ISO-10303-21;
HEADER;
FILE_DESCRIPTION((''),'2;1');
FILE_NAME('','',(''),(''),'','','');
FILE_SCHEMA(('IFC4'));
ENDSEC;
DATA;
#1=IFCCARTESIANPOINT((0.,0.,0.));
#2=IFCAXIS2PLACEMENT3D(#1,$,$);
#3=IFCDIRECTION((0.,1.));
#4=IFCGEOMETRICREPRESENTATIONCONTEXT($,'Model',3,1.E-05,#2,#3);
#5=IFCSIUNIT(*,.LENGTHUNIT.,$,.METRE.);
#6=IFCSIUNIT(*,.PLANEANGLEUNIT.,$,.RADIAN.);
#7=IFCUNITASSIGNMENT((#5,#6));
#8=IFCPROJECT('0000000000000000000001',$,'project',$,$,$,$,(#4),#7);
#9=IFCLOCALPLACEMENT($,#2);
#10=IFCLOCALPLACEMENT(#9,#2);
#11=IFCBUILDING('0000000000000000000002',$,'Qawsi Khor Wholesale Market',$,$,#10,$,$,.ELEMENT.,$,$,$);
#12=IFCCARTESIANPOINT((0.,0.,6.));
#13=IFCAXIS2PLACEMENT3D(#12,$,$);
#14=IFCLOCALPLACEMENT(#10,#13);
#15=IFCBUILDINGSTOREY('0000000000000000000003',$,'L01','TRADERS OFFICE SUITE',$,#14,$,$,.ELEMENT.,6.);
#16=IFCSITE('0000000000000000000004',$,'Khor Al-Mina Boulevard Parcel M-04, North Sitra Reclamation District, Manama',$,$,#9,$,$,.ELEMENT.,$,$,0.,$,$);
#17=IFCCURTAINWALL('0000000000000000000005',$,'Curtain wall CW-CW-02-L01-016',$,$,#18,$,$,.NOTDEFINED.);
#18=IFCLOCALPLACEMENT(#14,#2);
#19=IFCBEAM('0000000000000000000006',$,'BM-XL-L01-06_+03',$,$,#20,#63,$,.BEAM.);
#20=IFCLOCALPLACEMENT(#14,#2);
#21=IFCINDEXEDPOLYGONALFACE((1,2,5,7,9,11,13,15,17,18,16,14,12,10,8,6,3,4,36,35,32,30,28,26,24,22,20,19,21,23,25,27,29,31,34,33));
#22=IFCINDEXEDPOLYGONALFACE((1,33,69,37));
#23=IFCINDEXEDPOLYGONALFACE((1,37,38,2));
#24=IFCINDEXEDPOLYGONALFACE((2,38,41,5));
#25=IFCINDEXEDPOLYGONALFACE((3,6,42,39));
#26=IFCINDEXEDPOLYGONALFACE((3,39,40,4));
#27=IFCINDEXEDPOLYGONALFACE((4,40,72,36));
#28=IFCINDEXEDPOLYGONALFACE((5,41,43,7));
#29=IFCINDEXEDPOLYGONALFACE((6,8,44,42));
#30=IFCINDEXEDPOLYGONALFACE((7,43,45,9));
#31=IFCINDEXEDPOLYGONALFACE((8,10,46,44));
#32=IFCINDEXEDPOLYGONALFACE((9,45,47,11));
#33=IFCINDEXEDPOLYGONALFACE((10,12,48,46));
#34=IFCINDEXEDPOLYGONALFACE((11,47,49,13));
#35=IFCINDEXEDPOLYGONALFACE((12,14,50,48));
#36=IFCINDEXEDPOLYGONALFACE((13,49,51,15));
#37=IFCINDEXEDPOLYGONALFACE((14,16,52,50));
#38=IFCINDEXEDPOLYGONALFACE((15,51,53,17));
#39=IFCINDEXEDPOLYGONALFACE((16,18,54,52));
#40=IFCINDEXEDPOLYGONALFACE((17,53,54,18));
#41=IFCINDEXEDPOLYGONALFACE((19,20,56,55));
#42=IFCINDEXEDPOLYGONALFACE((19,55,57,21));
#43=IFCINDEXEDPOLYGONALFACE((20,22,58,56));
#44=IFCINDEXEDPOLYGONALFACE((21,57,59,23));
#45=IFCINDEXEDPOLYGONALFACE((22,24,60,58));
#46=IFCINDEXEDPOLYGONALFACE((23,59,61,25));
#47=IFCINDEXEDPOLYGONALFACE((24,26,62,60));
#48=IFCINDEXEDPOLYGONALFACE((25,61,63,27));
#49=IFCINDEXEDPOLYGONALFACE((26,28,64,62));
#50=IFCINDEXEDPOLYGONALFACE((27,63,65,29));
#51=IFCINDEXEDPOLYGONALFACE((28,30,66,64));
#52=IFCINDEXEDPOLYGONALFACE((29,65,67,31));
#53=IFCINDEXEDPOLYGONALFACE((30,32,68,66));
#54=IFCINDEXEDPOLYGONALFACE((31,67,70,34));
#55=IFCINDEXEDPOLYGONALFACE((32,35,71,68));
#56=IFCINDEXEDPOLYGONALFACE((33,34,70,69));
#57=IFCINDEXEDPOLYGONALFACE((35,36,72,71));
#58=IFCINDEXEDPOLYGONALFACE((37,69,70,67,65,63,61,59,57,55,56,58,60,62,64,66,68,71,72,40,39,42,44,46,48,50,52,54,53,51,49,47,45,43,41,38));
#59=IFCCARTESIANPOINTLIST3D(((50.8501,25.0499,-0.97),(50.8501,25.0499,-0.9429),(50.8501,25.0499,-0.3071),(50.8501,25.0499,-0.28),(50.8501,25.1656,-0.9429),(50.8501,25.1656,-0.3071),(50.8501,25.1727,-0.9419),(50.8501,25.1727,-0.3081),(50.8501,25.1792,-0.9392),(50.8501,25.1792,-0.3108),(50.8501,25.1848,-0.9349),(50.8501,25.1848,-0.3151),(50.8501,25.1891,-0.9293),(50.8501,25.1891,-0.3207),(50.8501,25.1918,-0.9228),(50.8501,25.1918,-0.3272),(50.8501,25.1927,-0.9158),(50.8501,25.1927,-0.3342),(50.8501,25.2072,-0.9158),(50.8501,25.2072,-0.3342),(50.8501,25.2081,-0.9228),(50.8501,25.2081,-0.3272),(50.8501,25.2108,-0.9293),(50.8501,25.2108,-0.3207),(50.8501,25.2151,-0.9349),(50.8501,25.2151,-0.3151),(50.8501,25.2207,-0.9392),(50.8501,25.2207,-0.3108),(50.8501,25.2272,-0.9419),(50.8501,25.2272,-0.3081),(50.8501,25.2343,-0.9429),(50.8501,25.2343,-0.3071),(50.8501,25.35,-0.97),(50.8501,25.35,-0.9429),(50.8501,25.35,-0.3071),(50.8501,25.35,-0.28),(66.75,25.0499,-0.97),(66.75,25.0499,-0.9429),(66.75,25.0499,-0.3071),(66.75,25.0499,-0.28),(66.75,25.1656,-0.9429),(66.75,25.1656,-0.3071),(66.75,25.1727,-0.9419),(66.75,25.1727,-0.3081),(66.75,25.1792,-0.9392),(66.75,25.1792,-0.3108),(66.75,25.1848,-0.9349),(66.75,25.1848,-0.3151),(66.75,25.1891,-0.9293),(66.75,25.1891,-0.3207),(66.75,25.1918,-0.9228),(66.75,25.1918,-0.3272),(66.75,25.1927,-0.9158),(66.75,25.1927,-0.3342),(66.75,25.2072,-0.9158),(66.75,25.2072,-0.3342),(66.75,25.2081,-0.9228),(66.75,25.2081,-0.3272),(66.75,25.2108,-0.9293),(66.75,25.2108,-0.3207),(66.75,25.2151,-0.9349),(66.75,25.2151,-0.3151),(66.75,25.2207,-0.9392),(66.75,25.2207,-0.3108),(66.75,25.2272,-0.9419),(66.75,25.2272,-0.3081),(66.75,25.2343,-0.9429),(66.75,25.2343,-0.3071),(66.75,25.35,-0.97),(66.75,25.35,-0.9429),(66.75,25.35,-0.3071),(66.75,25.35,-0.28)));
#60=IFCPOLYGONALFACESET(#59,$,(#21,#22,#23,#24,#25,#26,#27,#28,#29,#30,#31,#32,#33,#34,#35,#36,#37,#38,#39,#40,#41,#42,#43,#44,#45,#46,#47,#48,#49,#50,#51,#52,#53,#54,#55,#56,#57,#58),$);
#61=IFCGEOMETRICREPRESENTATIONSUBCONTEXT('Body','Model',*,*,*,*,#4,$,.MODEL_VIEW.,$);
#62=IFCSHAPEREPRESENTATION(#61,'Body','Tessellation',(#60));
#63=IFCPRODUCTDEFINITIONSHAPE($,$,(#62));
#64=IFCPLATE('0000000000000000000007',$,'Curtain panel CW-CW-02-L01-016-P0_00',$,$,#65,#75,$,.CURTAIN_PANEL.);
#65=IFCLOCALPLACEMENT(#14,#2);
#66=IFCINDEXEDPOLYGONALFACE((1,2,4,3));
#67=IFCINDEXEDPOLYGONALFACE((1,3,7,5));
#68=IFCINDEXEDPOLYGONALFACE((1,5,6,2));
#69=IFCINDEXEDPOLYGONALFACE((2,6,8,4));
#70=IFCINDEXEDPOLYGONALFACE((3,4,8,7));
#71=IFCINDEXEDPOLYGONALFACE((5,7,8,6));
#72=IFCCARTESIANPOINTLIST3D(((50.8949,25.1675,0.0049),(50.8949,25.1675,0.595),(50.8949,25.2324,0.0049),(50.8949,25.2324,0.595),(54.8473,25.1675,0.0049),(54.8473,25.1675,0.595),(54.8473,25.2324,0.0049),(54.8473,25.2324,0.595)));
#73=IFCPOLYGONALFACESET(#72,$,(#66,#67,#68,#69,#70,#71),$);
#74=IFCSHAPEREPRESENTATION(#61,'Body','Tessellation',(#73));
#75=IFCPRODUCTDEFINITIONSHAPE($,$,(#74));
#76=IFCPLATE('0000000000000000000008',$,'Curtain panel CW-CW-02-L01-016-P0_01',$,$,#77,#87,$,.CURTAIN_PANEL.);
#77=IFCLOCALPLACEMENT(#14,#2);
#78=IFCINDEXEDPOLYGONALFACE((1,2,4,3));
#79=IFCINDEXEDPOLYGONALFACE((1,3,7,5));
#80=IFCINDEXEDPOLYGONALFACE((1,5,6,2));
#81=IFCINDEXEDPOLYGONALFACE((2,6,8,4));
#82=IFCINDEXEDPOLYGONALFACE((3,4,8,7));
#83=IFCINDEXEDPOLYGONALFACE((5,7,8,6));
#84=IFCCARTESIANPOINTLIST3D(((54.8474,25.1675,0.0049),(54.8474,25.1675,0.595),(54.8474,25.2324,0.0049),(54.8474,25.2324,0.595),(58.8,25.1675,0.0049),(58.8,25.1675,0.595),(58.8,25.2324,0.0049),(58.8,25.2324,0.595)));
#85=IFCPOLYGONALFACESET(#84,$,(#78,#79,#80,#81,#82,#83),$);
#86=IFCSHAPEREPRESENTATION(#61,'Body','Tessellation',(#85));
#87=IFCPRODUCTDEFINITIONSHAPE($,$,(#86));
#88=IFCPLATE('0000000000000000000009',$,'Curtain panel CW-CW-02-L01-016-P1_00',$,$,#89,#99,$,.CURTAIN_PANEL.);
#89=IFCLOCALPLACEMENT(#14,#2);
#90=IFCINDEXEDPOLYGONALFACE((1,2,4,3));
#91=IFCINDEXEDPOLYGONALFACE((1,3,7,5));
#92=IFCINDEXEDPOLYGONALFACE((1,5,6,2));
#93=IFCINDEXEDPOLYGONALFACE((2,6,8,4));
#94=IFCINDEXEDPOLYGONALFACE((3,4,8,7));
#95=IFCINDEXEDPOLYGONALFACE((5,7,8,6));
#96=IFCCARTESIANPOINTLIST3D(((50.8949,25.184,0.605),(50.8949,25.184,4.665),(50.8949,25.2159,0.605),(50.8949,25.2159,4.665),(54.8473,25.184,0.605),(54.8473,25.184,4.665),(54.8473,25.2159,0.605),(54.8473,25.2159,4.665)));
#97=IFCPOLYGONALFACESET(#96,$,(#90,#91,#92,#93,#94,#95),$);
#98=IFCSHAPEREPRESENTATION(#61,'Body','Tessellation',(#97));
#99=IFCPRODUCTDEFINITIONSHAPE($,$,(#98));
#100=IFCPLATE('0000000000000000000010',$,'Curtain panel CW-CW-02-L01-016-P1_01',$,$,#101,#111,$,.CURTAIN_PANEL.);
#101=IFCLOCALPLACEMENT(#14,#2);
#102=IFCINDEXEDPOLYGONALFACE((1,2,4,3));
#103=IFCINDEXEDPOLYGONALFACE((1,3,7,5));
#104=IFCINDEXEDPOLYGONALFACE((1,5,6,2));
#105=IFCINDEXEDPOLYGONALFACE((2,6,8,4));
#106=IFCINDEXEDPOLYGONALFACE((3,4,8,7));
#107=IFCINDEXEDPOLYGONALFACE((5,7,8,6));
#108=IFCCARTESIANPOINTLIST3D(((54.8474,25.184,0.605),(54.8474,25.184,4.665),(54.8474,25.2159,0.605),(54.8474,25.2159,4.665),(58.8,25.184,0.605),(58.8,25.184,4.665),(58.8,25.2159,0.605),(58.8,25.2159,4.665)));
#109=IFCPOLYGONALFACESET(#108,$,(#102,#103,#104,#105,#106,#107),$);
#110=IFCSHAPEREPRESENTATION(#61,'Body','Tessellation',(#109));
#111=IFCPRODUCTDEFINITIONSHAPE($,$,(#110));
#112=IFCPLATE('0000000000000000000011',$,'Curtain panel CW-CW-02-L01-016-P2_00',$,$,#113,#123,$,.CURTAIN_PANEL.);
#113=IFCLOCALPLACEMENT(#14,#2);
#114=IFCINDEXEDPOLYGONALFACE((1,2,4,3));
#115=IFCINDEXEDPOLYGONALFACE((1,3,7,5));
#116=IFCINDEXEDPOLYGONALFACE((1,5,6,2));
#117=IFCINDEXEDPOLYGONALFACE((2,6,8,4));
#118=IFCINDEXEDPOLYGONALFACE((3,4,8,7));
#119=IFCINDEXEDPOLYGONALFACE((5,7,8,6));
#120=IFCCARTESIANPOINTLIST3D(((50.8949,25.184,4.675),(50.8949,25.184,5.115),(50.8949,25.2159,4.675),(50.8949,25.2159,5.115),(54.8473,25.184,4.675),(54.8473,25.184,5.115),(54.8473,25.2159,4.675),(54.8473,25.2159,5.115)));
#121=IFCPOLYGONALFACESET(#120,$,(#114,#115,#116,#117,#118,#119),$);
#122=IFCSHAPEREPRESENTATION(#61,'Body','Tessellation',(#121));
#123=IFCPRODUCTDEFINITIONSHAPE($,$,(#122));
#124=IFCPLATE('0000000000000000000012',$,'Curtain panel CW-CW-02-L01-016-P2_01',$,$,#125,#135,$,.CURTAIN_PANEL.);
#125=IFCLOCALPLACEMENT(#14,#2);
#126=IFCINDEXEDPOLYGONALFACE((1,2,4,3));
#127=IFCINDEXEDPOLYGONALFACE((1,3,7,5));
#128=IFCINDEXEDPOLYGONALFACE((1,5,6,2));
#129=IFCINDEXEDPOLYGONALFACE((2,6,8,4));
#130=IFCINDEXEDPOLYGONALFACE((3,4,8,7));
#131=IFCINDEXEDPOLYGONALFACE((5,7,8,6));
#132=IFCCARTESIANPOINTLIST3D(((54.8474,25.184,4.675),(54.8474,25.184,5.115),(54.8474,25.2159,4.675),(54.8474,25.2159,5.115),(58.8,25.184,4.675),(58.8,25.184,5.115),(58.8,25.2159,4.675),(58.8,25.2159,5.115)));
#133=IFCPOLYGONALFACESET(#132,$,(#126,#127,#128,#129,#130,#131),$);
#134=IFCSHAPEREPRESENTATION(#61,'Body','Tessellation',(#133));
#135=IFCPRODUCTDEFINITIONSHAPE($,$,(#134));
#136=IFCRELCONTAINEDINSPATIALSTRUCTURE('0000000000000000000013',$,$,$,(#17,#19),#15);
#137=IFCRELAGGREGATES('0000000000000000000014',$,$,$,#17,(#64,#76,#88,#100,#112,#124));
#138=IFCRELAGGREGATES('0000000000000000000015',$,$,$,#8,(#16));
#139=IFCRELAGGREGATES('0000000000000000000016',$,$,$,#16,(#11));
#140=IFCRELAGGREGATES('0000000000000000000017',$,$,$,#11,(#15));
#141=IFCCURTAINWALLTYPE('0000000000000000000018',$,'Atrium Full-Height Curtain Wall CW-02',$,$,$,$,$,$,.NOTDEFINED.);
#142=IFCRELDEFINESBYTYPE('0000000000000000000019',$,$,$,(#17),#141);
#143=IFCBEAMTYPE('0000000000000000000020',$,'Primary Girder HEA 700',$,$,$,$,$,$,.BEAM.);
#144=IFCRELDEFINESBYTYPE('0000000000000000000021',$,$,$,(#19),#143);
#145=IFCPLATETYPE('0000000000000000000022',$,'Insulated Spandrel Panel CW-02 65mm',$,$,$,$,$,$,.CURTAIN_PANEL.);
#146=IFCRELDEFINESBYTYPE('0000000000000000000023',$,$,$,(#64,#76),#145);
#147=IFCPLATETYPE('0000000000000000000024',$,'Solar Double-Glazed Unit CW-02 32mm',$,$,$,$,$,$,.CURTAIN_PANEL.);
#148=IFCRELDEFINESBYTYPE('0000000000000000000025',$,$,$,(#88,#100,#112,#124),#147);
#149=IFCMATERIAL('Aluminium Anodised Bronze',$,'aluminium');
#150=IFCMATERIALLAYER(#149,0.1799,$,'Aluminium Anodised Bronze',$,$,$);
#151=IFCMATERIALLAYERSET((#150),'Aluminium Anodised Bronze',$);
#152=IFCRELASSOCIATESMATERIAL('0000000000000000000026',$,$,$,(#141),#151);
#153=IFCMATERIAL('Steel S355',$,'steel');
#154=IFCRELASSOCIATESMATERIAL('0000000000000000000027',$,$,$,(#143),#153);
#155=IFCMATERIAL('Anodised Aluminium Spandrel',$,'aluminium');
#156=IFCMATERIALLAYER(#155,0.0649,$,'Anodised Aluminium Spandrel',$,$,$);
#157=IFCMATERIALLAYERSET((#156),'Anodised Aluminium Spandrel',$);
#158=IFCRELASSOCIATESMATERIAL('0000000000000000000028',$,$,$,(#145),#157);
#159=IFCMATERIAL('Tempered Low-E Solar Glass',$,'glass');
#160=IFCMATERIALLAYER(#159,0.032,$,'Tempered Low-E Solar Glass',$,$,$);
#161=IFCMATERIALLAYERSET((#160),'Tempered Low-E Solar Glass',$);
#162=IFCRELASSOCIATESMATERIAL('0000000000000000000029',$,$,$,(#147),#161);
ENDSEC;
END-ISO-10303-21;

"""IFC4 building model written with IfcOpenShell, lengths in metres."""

from ifc_helpers import new_model, si_unit, direction, frame, frame_2d, origin, origin_2d, place, context, subcontext, project, spatial, rectangle, i_section, extrude, material, layer, layer_set, material_profile, profile_set, type_object, element, aggregate, save


model = new_model("IFC4")

# Units and contexts
model_context = context("Model", 3, precision=1e-05, world=origin(), true_north=direction((0.0, 1.0)))
body_context = subcontext(model_context, "Body", "Model", "MODEL_VIEW")
ifc_project = project(units=[si_unit("LENGTHUNIT", "METRE"), si_unit("PLANEANGLEUNIT", "RADIAN")], contexts=[model_context])

# Site, building, storey
site_placement = place(None, origin())
site = spatial("IfcSite", under=ifc_project, at=site_placement, Name="Khor Al-Mina Boulevard Parcel M-04, North Sitra Reclamation District, Manama", CompositionType="ELEMENT", RefElevation=0.0)
building_placement = place(site_placement, origin())
building = spatial("IfcBuilding", under=site, at=building_placement, Name="Qawsi Khor Wholesale Market", CompositionType="ELEMENT")
storey_placement = place(building_placement, frame((0.0, 0.0, 6.0)))
storey = spatial("IfcBuildingStorey", under=building, at=storey_placement, Name="L01", Description="TRADERS OFFICE SUITE", CompositionType="ELEMENT", Elevation=6.0)

# Curtain wall
ifc_material_1 = material(Name="Aluminium Anodised Bronze", Category="aluminium")
ifc_layer_1 = layer(ifc_material_1, 0.1799, Name="Aluminium Anodised Bronze")
ifc_layer_set_1 = layer_set([ifc_layer_1], Name="Aluminium Anodised Bronze")
curtain_wall_type = type_object("IfcCurtainWallType", Name="Atrium Full-Height Curtain Wall CW-02", PredefinedType="NOTDEFINED", material=ifc_layer_set_1)
curtain_wall_placement = place(storey_placement, origin())
curtain_wall = element("IfcCurtainWall", 1, at=curtain_wall_placement, inside=storey, type_object=curtain_wall_type, Name="Curtain wall CW-CW-02-L01-016", PredefinedType="NOTDEFINED")

# Beam
ifc_material_2 = material(Name="Steel S355", Category="steel")
ifc_material_profile_1 = material_profile(ifc_material_2, i_section(OverallWidth=0.3, OverallDepth=0.6899, WebThickness=0.0144, FlangeThickness=0.0271, FilletRadius=0.0271, at=origin_2d()), Name="HEA 700")
ifc_profile_set_1 = profile_set([ifc_material_profile_1], Name="Steel S355")
beam_type = type_object("IfcBeamType", Name="Primary Girder HEA 700", PredefinedType="BEAM", material=ifc_profile_set_1)
beam_placement = place(storey_placement, frame((50.8501, 25.2, -0.625), z_axis=(1.0, 0.0, 0.0), x_axis=(0.0, 1.0, 0.0)))
element("IfcBeam", 2, at=beam_placement, inside=storey, type_object=beam_type, Name="BM-XL-L01-06_+03", PredefinedType="BEAM", context=body_context, shape_type="SweptSolid", body=[
    extrude(i_section(OverallWidth=0.3, OverallDepth=0.6899, WebThickness=0.0144, FlangeThickness=0.0271, FilletRadius=0.0271, at=origin_2d()), origin(), (0.0, 0.0, 1.0), 15.8999),
])

# Plates
ifc_material_3 = material(Name="Anodised Aluminium Spandrel", Category="aluminium")
ifc_layer_2 = layer(ifc_material_3, 0.0649, Name="Anodised Aluminium Spandrel")
ifc_layer_set_2 = layer_set([ifc_layer_2], Name="Anodised Aluminium Spandrel")
plate_type_1 = type_object("IfcPlateType", Name="Insulated Spandrel Panel CW-02 65mm", PredefinedType="CURTAIN_PANEL", material=ifc_layer_set_2)
plate_1_placement = place(storey_placement, frame((50.895, 25.2, 0.0049), z_axis=(0.0, 0.0, 1.0), x_axis=(1.0, 0.0, 0.0)))
plate_1 = element("IfcPlate", 3, at=plate_1_placement, type_object=plate_type_1, Name="Curtain panel CW-CW-02-L01-016-P0_00", PredefinedType="CURTAIN_PANEL", context=body_context, shape_type="SweptSolid", body=[
    extrude(rectangle(XDim=3.9524, YDim=0.0649, at=frame_2d((1.9761, 0.0))), origin(), (0.0, 0.0, 1.0), 0.5901),
])
plate_2_placement = place(storey_placement, frame((54.8474, 25.2, 0.0049), z_axis=(0.0, 0.0, 1.0), x_axis=(1.0, 0.0, 0.0)))
plate_2 = element("IfcPlate", 4, at=plate_2_placement, type_object=plate_type_1, Name="Curtain panel CW-CW-02-L01-016-P0_01", PredefinedType="CURTAIN_PANEL", context=body_context, shape_type="SweptSolid", body=[
    extrude(rectangle(XDim=3.9526, YDim=0.0649, at=frame_2d((1.9763, 0.0))), origin(), (0.0, 0.0, 1.0), 0.5901),
])
ifc_material_4 = material(Name="Tempered Low-E Solar Glass", Category="glass")
ifc_layer_3 = layer(ifc_material_4, 0.032, Name="Tempered Low-E Solar Glass")
ifc_layer_set_3 = layer_set([ifc_layer_3], Name="Tempered Low-E Solar Glass")
plate_type_2 = type_object("IfcPlateType", Name="Solar Double-Glazed Unit CW-02 32mm", PredefinedType="CURTAIN_PANEL", material=ifc_layer_set_3)
plate_3_placement = place(storey_placement, frame((50.895, 25.2, 0.605), z_axis=(0.0, 0.0, 1.0), x_axis=(1.0, 0.0, 0.0)))
plate_3 = element("IfcPlate", 5, at=plate_3_placement, type_object=plate_type_2, Name="Curtain panel CW-CW-02-L01-016-P1_00", PredefinedType="CURTAIN_PANEL", context=body_context, shape_type="SweptSolid", body=[
    extrude(rectangle(XDim=3.9524, YDim=0.032, at=frame_2d((1.9761, 0.0))), origin(), (0.0, 0.0, 1.0), 4.0601),
])
plate_4_placement = place(storey_placement, frame((54.8474, 25.2, 0.605), z_axis=(0.0, 0.0, 1.0), x_axis=(1.0, 0.0, 0.0)))
plate_4 = element("IfcPlate", 6, at=plate_4_placement, type_object=plate_type_2, Name="Curtain panel CW-CW-02-L01-016-P1_01", PredefinedType="CURTAIN_PANEL", context=body_context, shape_type="SweptSolid", body=[
    extrude(rectangle(XDim=3.9526, YDim=0.032, at=frame_2d((1.9763, 0.0))), origin(), (0.0, 0.0, 1.0), 4.0601),
])
plate_5_placement = place(storey_placement, frame((50.895, 25.2, 4.675), z_axis=(0.0, 0.0, 1.0), x_axis=(1.0, 0.0, 0.0)))
plate_5 = element("IfcPlate", 7, at=plate_5_placement, type_object=plate_type_2, Name="Curtain panel CW-CW-02-L01-016-P2_00", PredefinedType="CURTAIN_PANEL", context=body_context, shape_type="SweptSolid", body=[
    extrude(rectangle(XDim=3.9524, YDim=0.032, at=frame_2d((1.9761, 0.0))), origin(), (0.0, 0.0, 1.0), 0.4399),
])
plate_6_placement = place(storey_placement, frame((54.8474, 25.2, 4.675), z_axis=(0.0, 0.0, 1.0), x_axis=(1.0, 0.0, 0.0)))
plate_6 = element("IfcPlate", 8, at=plate_6_placement, type_object=plate_type_2, Name="Curtain panel CW-CW-02-L01-016-P2_01", PredefinedType="CURTAIN_PANEL", context=body_context, shape_type="SweptSolid", body=[
    extrude(rectangle(XDim=3.9526, YDim=0.032, at=frame_2d((1.9763, 0.0))), origin(), (0.0, 0.0, 1.0), 0.4399),
])
aggregate(curtain_wall, [plate_1, plate_2, plate_3, plate_4, plate_5, plate_6])

save(model, "model.ifc")
